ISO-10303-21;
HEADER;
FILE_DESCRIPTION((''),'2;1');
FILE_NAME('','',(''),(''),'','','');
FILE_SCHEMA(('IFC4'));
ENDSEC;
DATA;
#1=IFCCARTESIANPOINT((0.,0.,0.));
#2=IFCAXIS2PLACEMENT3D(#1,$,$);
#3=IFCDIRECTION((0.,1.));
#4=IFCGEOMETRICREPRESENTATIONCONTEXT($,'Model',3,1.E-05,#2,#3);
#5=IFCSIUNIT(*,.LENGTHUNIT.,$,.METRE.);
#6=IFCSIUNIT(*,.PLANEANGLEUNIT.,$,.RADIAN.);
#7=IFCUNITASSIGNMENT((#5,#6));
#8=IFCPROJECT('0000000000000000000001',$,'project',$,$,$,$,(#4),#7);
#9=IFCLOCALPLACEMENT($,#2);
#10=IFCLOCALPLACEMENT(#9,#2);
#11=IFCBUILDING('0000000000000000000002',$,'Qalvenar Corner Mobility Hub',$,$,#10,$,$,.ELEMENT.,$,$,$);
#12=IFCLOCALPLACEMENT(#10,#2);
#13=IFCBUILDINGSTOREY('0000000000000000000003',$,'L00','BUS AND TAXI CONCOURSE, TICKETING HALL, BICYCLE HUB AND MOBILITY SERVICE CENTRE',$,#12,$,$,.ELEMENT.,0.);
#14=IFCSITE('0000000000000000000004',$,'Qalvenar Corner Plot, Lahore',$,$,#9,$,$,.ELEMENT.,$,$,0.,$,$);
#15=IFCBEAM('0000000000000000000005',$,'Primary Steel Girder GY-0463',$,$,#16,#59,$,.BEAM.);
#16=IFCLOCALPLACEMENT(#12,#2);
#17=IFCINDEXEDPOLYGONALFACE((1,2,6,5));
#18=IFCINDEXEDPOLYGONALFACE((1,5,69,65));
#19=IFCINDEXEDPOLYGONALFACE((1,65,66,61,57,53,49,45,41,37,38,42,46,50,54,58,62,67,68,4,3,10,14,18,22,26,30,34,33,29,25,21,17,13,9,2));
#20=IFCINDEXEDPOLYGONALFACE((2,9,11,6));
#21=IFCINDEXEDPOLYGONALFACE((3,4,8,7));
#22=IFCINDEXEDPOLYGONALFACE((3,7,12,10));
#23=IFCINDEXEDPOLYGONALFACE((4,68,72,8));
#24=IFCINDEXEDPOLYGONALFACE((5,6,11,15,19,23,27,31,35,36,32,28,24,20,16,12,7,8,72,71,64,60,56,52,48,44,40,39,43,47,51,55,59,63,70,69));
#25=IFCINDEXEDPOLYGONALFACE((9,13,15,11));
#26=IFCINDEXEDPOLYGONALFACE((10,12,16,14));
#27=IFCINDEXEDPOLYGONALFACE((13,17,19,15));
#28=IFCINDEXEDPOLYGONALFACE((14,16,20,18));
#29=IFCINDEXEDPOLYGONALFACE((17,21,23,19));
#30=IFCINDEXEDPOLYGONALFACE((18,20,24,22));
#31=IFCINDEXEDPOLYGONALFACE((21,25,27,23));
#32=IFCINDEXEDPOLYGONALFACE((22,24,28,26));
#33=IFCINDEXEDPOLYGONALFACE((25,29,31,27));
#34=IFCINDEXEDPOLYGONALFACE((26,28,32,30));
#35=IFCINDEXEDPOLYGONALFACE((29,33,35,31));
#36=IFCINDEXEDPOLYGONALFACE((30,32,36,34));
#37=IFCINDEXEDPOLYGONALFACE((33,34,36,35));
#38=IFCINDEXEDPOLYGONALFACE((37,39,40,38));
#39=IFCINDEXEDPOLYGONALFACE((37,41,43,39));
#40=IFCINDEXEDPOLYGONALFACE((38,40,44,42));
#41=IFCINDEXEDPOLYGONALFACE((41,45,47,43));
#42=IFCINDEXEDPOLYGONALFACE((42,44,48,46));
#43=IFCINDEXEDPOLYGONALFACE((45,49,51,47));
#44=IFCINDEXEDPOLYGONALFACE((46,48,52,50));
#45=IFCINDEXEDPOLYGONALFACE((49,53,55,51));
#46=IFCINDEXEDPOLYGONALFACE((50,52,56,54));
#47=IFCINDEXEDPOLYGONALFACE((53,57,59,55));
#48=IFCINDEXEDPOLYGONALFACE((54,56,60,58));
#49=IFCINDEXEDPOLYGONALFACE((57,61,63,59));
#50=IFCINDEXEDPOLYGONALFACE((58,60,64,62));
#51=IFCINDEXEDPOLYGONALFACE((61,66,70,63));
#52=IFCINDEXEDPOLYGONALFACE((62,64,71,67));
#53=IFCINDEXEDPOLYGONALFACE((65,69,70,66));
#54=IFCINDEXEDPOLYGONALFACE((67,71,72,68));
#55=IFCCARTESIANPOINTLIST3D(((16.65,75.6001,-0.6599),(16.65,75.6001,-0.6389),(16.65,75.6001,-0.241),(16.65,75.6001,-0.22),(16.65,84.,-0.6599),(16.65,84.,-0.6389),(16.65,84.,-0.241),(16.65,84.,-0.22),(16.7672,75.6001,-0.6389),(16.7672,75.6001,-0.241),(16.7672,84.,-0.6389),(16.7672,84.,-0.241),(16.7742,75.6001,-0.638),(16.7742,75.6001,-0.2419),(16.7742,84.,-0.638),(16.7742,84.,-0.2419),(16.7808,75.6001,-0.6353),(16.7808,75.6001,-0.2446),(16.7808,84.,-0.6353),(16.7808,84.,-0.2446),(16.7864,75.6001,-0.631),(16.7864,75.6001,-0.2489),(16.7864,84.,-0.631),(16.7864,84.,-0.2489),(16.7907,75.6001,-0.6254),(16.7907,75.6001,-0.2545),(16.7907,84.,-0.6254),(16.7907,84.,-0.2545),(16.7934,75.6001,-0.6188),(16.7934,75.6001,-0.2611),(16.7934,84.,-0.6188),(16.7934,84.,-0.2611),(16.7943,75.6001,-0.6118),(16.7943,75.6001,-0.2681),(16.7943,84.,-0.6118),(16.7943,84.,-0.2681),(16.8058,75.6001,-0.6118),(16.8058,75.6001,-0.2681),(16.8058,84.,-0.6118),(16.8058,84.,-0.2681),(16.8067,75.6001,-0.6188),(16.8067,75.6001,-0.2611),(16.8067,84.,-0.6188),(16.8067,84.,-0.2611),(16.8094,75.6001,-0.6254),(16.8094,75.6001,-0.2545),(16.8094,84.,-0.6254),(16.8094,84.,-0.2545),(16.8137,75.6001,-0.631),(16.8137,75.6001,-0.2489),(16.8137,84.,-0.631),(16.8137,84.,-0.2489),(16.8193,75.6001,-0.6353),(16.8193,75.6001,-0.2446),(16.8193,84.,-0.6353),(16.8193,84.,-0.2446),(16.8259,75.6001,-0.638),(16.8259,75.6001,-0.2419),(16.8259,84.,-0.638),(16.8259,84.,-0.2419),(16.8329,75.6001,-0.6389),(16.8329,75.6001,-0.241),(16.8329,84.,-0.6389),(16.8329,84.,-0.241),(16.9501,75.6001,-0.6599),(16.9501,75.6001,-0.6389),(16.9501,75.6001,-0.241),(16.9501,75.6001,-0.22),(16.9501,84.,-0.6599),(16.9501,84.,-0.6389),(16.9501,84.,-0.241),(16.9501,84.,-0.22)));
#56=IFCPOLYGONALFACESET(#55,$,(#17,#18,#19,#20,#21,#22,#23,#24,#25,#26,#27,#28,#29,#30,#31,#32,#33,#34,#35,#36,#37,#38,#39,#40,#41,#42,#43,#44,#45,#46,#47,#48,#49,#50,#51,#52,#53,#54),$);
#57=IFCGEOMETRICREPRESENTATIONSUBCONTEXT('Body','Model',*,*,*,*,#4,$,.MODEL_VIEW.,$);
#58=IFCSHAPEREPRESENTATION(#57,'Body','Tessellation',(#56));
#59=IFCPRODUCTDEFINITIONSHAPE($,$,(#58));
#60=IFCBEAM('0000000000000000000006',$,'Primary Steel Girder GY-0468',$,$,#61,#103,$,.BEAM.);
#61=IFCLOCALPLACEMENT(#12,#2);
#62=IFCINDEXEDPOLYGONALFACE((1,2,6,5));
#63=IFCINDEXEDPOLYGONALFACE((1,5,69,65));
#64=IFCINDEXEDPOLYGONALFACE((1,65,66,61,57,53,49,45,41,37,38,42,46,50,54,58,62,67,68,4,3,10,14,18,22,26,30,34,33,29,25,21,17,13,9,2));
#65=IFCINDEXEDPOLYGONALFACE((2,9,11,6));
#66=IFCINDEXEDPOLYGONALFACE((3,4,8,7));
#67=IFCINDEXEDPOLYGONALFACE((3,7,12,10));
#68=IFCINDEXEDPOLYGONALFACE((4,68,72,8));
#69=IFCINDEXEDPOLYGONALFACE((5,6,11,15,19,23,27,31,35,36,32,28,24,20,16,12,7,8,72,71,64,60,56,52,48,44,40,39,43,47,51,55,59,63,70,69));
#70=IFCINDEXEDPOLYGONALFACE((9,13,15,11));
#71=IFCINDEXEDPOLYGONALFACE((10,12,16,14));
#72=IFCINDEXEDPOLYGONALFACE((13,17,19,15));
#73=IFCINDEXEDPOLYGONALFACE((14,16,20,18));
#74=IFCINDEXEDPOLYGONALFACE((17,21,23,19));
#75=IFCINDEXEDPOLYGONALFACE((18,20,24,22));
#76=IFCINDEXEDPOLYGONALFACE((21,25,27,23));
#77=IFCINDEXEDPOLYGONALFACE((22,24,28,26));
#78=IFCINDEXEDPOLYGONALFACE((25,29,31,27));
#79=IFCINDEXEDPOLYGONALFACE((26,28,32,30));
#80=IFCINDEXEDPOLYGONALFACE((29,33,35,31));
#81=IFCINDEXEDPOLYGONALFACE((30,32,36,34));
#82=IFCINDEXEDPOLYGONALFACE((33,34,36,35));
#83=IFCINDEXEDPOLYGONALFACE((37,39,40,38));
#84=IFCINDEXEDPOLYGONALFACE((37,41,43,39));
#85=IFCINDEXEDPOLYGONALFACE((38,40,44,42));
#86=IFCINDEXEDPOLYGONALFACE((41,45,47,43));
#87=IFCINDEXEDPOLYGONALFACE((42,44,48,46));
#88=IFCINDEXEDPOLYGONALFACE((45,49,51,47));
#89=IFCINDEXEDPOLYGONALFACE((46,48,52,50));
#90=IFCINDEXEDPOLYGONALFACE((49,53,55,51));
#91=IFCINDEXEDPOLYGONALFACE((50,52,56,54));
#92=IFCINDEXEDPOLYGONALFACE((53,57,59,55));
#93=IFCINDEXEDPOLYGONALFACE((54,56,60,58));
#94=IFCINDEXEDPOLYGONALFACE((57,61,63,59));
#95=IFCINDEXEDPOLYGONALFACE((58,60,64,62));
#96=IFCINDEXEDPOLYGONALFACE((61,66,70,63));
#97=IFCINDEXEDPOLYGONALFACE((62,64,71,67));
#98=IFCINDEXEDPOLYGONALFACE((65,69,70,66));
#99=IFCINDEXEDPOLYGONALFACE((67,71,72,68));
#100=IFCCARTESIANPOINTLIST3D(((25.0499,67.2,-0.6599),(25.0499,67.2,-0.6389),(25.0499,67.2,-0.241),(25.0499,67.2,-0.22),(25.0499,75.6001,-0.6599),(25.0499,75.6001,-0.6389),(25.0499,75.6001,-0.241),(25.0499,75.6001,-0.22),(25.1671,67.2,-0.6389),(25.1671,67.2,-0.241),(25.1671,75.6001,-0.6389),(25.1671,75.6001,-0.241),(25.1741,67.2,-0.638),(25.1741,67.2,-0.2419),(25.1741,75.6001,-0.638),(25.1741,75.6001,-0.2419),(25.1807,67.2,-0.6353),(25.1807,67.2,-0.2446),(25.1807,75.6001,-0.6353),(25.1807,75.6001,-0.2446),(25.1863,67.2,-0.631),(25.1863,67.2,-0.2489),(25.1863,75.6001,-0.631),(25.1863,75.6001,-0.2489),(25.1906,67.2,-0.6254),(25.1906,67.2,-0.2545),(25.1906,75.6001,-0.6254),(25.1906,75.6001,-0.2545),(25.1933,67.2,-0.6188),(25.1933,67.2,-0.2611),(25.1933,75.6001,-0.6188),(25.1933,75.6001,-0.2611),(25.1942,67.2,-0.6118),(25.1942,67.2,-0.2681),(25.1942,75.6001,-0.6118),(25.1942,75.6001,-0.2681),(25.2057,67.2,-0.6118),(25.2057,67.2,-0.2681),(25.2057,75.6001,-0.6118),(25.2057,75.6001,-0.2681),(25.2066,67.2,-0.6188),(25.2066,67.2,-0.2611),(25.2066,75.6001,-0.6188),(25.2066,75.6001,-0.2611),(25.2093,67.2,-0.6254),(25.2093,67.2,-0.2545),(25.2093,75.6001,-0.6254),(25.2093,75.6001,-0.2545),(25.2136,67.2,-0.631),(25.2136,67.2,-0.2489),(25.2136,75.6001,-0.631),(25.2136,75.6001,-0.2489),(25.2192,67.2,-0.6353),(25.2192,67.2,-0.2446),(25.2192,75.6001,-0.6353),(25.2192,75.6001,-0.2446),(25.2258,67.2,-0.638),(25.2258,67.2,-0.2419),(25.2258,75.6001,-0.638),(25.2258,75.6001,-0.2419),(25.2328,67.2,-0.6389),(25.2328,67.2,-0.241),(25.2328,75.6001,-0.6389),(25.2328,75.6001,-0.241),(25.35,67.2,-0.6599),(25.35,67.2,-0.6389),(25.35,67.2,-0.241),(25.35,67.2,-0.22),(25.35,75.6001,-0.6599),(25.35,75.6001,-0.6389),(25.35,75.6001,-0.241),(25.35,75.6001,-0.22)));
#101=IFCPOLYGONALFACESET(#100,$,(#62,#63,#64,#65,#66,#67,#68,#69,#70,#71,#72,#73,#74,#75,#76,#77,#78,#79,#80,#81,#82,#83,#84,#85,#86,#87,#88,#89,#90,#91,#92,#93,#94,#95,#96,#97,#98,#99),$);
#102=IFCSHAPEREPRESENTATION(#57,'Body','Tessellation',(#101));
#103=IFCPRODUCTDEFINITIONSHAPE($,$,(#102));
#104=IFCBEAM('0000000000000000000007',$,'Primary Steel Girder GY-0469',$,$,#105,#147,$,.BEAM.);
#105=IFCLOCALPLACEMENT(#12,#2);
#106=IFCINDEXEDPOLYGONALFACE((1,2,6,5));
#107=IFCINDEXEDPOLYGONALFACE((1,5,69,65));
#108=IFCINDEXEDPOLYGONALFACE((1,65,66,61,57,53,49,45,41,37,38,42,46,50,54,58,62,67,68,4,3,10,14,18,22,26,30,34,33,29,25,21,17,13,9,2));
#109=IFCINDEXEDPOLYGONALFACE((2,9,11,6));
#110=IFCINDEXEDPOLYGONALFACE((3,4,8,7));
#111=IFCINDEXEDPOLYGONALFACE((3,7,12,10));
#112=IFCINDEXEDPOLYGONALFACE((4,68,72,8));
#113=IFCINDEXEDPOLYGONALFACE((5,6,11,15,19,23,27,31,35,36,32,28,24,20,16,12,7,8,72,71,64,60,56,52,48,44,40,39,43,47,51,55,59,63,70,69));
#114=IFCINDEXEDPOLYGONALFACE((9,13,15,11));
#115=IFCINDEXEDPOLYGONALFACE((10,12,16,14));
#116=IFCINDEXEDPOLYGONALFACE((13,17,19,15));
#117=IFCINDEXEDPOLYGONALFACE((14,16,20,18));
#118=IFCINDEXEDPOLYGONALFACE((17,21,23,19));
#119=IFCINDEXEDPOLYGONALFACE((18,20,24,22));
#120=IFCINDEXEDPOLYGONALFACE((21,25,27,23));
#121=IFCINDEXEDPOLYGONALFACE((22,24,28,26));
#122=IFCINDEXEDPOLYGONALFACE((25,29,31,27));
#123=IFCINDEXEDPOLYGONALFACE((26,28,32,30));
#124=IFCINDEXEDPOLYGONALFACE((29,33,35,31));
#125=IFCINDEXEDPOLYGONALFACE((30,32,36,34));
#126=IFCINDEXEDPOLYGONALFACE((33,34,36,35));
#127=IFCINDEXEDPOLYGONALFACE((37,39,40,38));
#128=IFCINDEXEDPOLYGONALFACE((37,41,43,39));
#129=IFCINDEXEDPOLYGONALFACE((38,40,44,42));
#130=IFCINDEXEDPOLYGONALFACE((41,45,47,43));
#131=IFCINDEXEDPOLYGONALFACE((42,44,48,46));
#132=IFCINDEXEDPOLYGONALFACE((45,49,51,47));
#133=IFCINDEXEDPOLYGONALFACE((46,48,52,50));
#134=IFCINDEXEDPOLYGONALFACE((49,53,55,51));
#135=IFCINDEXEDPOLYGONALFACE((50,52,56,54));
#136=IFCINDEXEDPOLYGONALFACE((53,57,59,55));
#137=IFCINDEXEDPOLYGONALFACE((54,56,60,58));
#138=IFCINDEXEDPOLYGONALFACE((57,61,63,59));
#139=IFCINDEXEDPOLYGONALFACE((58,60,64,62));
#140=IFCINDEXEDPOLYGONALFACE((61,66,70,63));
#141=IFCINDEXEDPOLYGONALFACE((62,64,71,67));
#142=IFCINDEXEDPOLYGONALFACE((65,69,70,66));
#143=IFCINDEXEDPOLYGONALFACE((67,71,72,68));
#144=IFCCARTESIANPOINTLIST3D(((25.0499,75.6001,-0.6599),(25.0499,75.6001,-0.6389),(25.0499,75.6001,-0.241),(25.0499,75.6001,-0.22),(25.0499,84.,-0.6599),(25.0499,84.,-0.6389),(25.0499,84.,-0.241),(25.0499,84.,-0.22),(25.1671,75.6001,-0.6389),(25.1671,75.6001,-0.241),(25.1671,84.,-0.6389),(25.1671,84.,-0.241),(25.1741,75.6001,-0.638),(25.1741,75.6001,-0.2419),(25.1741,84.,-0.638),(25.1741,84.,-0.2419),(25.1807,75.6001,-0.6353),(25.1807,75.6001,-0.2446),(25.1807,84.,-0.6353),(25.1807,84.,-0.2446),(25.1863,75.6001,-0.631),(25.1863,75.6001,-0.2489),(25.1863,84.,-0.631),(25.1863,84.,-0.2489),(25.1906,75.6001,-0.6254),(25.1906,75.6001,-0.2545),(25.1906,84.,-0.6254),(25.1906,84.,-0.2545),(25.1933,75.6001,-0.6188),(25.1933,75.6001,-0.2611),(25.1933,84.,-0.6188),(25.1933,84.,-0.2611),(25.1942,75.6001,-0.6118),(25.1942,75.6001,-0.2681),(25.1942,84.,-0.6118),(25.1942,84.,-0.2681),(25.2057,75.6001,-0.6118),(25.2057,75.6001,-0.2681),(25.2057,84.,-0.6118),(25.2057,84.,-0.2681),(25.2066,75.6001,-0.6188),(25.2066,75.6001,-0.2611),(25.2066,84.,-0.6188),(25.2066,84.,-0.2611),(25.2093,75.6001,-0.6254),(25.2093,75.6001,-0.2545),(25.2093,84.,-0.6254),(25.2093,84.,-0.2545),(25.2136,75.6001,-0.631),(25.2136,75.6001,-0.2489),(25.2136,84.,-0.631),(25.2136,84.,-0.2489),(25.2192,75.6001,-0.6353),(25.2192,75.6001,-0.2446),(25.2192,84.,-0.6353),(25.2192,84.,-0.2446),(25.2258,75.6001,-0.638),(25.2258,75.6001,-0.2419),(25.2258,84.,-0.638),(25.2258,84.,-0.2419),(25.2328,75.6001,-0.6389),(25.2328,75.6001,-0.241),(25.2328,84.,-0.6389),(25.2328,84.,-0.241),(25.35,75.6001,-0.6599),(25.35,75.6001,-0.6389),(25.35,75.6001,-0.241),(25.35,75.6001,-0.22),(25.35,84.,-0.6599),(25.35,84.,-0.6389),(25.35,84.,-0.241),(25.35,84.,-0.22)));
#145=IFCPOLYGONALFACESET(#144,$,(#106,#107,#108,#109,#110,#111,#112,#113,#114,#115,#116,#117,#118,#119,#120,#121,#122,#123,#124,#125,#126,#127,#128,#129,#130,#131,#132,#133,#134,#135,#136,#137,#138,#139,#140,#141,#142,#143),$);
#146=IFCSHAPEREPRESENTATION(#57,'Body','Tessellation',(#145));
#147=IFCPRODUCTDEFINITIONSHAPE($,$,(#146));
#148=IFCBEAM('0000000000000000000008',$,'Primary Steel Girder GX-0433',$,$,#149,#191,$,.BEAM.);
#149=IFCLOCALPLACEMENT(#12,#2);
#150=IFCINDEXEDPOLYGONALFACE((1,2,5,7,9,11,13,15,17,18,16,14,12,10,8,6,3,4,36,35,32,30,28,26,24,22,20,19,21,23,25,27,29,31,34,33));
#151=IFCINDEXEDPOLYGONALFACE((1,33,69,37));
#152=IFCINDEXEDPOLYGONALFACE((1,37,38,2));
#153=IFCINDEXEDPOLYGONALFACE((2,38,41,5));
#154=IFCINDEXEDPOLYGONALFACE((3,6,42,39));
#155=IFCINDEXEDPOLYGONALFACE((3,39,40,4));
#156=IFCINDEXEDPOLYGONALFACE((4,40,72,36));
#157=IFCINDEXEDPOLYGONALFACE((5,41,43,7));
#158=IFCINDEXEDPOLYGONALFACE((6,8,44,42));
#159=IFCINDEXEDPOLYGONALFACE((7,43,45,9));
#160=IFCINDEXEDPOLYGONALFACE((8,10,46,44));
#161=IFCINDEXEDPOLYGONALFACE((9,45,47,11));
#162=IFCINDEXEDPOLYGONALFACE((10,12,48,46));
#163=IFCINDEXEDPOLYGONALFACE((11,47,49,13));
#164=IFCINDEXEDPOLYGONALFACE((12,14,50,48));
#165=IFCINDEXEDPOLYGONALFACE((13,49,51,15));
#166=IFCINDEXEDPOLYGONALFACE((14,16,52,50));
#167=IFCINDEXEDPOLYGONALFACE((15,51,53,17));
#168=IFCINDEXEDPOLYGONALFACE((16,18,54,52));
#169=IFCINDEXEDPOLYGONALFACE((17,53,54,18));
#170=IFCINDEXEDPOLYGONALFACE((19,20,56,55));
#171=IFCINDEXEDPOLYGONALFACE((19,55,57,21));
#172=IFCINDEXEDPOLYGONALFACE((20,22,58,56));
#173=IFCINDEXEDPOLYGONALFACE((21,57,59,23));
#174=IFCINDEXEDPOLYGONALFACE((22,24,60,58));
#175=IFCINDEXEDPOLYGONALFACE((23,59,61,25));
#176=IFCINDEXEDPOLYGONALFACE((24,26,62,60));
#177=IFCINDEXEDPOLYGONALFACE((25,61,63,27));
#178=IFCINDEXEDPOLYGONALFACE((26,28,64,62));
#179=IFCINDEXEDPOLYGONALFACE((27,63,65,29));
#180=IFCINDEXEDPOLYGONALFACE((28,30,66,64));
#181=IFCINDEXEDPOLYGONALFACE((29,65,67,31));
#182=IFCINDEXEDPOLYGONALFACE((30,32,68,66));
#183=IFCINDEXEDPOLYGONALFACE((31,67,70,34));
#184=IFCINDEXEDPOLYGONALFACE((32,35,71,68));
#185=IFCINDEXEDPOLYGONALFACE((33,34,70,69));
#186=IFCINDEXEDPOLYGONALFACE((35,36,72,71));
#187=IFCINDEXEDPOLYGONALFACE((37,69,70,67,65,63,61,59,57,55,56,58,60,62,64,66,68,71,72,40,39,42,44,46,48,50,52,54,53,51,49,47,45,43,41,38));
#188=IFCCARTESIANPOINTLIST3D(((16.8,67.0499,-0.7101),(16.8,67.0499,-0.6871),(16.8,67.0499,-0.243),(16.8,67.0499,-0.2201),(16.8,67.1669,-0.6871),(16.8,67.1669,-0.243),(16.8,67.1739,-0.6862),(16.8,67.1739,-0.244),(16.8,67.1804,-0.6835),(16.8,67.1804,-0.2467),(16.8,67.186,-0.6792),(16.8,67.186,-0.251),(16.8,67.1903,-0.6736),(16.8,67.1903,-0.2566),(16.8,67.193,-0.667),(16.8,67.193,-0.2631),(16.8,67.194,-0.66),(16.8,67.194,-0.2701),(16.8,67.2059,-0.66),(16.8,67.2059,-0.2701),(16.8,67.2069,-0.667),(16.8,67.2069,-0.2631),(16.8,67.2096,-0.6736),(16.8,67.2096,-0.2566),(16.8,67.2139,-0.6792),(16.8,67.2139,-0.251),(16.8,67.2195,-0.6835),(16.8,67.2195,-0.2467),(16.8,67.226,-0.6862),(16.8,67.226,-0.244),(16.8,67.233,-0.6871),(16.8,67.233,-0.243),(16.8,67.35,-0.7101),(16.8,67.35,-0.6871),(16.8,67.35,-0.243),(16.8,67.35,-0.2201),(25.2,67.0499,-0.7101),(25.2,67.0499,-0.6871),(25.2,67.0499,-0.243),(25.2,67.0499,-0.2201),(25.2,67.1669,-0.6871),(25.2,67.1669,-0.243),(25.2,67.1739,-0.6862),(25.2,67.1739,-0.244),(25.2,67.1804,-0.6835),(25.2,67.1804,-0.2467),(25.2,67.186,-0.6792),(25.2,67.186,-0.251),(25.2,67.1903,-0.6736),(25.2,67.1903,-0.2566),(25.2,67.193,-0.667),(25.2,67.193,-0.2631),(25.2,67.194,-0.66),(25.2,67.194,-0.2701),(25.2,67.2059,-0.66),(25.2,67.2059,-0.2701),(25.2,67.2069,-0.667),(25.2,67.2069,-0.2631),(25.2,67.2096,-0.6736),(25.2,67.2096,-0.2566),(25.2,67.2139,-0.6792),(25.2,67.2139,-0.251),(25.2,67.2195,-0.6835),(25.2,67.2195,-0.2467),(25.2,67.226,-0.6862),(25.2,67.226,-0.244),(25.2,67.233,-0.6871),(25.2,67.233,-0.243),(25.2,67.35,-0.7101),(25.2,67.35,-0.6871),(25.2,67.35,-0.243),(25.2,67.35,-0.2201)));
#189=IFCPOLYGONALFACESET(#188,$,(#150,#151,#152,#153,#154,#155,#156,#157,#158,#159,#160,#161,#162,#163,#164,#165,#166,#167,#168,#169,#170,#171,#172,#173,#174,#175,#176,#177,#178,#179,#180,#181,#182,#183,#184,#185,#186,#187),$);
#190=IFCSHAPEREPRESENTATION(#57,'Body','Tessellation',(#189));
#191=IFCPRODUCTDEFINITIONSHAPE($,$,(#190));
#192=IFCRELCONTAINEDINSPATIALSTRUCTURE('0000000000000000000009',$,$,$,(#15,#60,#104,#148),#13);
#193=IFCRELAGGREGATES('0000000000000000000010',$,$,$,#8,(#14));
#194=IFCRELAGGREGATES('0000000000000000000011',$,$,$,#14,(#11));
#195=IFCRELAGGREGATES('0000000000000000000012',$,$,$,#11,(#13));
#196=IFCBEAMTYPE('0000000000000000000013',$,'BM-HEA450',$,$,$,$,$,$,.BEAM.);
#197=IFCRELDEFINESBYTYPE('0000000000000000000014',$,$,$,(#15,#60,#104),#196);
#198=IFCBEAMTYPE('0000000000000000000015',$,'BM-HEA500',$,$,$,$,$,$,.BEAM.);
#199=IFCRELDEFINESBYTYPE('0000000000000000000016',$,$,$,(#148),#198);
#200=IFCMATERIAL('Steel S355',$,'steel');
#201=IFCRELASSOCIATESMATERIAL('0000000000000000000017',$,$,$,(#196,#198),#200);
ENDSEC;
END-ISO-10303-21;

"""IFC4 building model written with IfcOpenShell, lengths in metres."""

from ifc_helpers import new_model, si_unit, direction, frame, origin, origin_2d, place, context, subcontext, project, spatial, i_section, extrude, material, material_profile, profile_set, type_object, element, save


model = new_model("IFC4")

# Units and contexts
model_context = context("Model", 3, precision=1e-05, world=origin(), true_north=direction((0.0, 1.0)))
body_context = subcontext(model_context, "Body", "Model", "MODEL_VIEW")
ifc_project = project(units=[si_unit("LENGTHUNIT", "METRE"), si_unit("PLANEANGLEUNIT", "RADIAN")], contexts=[model_context])

# Site, building, storey
site_placement = place(None, origin())
site = spatial("IfcSite", under=ifc_project, at=site_placement, Name="Qalvenar Corner Plot, Lahore", CompositionType="ELEMENT", RefElevation=0.0)
building_placement = place(site_placement, origin())
building = spatial("IfcBuilding", under=site, at=building_placement, Name="Qalvenar Corner Mobility Hub", CompositionType="ELEMENT")
storey_placement = place(building_placement, origin())
storey = spatial("IfcBuildingStorey", under=building, at=storey_placement, Name="L00", Description="BUS AND TAXI CONCOURSE, TICKETING HALL, BICYCLE HUB AND MOBILITY SERVICE CENTRE", CompositionType="ELEMENT", Elevation=0.0)

# Shared definitions
ifc_material_1 = material(Name="Steel S355", Category="steel")

# Beams
ifc_material_profile_1 = material_profile(ifc_material_1, i_section(OverallWidth=0.3, OverallDepth=0.4399, WebThickness=0.0115, FlangeThickness=0.021, FilletRadius=0.0271, at=origin_2d()), Name="HEA450")
ifc_profile_set_1 = profile_set([ifc_material_profile_1], Name="Steel S355")
beam_type_1 = type_object("IfcBeamType", Name="BM-HEA450", PredefinedType="BEAM", material=ifc_profile_set_1)
beam_1_placement = place(storey_placement, frame((16.8, 75.6001, -0.4399), z_axis=(0.0, 1.0, 0.0), x_axis=(-1.0, 0.0, 0.0)))
element("IfcBeam", 1, at=beam_1_placement, inside=storey, type_object=beam_type_1, Name="Primary Steel Girder GY-0463", PredefinedType="BEAM", context=body_context, shape_type="SweptSolid", body=[
    extrude(i_section(OverallWidth=0.3, OverallDepth=0.4399, WebThickness=0.0115, FlangeThickness=0.021, FilletRadius=0.0271, at=origin_2d()), origin(), (0.0, 0.0, 1.0), 8.3999),
])
beam_2_placement = place(storey_placement, frame((25.2, 67.2, -0.4399), z_axis=(0.0, 1.0, 0.0), x_axis=(-1.0, 0.0, 0.0)))
element("IfcBeam", 2, at=beam_2_placement, inside=storey, type_object=beam_type_1, Name="Primary Steel Girder GY-0468", PredefinedType="BEAM", context=body_context, shape_type="SweptSolid", body=[
    extrude(i_section(OverallWidth=0.3, OverallDepth=0.4399, WebThickness=0.0115, FlangeThickness=0.021, FilletRadius=0.0271, at=origin_2d()), origin(), (0.0, 0.0, 1.0), 8.4001),
])
beam_3_placement = place(storey_placement, frame((25.2, 75.6001, -0.4399), z_axis=(0.0, 1.0, 0.0), x_axis=(-1.0, 0.0, 0.0)))
element("IfcBeam", 3, at=beam_3_placement, inside=storey, type_object=beam_type_1, Name="Primary Steel Girder GY-0469", PredefinedType="BEAM", context=body_context, shape_type="SweptSolid", body=[
    extrude(i_section(OverallWidth=0.3, OverallDepth=0.4399, WebThickness=0.0115, FlangeThickness=0.021, FilletRadius=0.0271, at=origin_2d()), origin(), (0.0, 0.0, 1.0), 8.3999),
])
ifc_material_profile_2 = material_profile(ifc_material_1, i_section(OverallWidth=0.3, OverallDepth=0.49, WebThickness=0.012, FlangeThickness=0.0229, FilletRadius=0.0271, at=origin_2d()), Name="HEA500")
ifc_profile_set_2 = profile_set([ifc_material_profile_2], Name="Steel S355")
beam_type_2 = type_object("IfcBeamType", Name="BM-HEA500", PredefinedType="BEAM", material=ifc_profile_set_2)
beam_4_placement = place(storey_placement, frame((16.8, 67.2, -0.4651), z_axis=(1.0, 0.0, 0.0), x_axis=(0.0, 1.0, 0.0)))
element("IfcBeam", 4, at=beam_4_placement, inside=storey, type_object=beam_type_2, Name="Primary Steel Girder GX-0433", PredefinedType="BEAM", context=body_context, shape_type="SweptSolid", body=[
    extrude(i_section(OverallWidth=0.3, OverallDepth=0.49, WebThickness=0.012, FlangeThickness=0.0229, FilletRadius=0.0271, at=origin_2d()), origin(), (0.0, 0.0, 1.0), 8.3999),
])

save(model, "model.ifc")
